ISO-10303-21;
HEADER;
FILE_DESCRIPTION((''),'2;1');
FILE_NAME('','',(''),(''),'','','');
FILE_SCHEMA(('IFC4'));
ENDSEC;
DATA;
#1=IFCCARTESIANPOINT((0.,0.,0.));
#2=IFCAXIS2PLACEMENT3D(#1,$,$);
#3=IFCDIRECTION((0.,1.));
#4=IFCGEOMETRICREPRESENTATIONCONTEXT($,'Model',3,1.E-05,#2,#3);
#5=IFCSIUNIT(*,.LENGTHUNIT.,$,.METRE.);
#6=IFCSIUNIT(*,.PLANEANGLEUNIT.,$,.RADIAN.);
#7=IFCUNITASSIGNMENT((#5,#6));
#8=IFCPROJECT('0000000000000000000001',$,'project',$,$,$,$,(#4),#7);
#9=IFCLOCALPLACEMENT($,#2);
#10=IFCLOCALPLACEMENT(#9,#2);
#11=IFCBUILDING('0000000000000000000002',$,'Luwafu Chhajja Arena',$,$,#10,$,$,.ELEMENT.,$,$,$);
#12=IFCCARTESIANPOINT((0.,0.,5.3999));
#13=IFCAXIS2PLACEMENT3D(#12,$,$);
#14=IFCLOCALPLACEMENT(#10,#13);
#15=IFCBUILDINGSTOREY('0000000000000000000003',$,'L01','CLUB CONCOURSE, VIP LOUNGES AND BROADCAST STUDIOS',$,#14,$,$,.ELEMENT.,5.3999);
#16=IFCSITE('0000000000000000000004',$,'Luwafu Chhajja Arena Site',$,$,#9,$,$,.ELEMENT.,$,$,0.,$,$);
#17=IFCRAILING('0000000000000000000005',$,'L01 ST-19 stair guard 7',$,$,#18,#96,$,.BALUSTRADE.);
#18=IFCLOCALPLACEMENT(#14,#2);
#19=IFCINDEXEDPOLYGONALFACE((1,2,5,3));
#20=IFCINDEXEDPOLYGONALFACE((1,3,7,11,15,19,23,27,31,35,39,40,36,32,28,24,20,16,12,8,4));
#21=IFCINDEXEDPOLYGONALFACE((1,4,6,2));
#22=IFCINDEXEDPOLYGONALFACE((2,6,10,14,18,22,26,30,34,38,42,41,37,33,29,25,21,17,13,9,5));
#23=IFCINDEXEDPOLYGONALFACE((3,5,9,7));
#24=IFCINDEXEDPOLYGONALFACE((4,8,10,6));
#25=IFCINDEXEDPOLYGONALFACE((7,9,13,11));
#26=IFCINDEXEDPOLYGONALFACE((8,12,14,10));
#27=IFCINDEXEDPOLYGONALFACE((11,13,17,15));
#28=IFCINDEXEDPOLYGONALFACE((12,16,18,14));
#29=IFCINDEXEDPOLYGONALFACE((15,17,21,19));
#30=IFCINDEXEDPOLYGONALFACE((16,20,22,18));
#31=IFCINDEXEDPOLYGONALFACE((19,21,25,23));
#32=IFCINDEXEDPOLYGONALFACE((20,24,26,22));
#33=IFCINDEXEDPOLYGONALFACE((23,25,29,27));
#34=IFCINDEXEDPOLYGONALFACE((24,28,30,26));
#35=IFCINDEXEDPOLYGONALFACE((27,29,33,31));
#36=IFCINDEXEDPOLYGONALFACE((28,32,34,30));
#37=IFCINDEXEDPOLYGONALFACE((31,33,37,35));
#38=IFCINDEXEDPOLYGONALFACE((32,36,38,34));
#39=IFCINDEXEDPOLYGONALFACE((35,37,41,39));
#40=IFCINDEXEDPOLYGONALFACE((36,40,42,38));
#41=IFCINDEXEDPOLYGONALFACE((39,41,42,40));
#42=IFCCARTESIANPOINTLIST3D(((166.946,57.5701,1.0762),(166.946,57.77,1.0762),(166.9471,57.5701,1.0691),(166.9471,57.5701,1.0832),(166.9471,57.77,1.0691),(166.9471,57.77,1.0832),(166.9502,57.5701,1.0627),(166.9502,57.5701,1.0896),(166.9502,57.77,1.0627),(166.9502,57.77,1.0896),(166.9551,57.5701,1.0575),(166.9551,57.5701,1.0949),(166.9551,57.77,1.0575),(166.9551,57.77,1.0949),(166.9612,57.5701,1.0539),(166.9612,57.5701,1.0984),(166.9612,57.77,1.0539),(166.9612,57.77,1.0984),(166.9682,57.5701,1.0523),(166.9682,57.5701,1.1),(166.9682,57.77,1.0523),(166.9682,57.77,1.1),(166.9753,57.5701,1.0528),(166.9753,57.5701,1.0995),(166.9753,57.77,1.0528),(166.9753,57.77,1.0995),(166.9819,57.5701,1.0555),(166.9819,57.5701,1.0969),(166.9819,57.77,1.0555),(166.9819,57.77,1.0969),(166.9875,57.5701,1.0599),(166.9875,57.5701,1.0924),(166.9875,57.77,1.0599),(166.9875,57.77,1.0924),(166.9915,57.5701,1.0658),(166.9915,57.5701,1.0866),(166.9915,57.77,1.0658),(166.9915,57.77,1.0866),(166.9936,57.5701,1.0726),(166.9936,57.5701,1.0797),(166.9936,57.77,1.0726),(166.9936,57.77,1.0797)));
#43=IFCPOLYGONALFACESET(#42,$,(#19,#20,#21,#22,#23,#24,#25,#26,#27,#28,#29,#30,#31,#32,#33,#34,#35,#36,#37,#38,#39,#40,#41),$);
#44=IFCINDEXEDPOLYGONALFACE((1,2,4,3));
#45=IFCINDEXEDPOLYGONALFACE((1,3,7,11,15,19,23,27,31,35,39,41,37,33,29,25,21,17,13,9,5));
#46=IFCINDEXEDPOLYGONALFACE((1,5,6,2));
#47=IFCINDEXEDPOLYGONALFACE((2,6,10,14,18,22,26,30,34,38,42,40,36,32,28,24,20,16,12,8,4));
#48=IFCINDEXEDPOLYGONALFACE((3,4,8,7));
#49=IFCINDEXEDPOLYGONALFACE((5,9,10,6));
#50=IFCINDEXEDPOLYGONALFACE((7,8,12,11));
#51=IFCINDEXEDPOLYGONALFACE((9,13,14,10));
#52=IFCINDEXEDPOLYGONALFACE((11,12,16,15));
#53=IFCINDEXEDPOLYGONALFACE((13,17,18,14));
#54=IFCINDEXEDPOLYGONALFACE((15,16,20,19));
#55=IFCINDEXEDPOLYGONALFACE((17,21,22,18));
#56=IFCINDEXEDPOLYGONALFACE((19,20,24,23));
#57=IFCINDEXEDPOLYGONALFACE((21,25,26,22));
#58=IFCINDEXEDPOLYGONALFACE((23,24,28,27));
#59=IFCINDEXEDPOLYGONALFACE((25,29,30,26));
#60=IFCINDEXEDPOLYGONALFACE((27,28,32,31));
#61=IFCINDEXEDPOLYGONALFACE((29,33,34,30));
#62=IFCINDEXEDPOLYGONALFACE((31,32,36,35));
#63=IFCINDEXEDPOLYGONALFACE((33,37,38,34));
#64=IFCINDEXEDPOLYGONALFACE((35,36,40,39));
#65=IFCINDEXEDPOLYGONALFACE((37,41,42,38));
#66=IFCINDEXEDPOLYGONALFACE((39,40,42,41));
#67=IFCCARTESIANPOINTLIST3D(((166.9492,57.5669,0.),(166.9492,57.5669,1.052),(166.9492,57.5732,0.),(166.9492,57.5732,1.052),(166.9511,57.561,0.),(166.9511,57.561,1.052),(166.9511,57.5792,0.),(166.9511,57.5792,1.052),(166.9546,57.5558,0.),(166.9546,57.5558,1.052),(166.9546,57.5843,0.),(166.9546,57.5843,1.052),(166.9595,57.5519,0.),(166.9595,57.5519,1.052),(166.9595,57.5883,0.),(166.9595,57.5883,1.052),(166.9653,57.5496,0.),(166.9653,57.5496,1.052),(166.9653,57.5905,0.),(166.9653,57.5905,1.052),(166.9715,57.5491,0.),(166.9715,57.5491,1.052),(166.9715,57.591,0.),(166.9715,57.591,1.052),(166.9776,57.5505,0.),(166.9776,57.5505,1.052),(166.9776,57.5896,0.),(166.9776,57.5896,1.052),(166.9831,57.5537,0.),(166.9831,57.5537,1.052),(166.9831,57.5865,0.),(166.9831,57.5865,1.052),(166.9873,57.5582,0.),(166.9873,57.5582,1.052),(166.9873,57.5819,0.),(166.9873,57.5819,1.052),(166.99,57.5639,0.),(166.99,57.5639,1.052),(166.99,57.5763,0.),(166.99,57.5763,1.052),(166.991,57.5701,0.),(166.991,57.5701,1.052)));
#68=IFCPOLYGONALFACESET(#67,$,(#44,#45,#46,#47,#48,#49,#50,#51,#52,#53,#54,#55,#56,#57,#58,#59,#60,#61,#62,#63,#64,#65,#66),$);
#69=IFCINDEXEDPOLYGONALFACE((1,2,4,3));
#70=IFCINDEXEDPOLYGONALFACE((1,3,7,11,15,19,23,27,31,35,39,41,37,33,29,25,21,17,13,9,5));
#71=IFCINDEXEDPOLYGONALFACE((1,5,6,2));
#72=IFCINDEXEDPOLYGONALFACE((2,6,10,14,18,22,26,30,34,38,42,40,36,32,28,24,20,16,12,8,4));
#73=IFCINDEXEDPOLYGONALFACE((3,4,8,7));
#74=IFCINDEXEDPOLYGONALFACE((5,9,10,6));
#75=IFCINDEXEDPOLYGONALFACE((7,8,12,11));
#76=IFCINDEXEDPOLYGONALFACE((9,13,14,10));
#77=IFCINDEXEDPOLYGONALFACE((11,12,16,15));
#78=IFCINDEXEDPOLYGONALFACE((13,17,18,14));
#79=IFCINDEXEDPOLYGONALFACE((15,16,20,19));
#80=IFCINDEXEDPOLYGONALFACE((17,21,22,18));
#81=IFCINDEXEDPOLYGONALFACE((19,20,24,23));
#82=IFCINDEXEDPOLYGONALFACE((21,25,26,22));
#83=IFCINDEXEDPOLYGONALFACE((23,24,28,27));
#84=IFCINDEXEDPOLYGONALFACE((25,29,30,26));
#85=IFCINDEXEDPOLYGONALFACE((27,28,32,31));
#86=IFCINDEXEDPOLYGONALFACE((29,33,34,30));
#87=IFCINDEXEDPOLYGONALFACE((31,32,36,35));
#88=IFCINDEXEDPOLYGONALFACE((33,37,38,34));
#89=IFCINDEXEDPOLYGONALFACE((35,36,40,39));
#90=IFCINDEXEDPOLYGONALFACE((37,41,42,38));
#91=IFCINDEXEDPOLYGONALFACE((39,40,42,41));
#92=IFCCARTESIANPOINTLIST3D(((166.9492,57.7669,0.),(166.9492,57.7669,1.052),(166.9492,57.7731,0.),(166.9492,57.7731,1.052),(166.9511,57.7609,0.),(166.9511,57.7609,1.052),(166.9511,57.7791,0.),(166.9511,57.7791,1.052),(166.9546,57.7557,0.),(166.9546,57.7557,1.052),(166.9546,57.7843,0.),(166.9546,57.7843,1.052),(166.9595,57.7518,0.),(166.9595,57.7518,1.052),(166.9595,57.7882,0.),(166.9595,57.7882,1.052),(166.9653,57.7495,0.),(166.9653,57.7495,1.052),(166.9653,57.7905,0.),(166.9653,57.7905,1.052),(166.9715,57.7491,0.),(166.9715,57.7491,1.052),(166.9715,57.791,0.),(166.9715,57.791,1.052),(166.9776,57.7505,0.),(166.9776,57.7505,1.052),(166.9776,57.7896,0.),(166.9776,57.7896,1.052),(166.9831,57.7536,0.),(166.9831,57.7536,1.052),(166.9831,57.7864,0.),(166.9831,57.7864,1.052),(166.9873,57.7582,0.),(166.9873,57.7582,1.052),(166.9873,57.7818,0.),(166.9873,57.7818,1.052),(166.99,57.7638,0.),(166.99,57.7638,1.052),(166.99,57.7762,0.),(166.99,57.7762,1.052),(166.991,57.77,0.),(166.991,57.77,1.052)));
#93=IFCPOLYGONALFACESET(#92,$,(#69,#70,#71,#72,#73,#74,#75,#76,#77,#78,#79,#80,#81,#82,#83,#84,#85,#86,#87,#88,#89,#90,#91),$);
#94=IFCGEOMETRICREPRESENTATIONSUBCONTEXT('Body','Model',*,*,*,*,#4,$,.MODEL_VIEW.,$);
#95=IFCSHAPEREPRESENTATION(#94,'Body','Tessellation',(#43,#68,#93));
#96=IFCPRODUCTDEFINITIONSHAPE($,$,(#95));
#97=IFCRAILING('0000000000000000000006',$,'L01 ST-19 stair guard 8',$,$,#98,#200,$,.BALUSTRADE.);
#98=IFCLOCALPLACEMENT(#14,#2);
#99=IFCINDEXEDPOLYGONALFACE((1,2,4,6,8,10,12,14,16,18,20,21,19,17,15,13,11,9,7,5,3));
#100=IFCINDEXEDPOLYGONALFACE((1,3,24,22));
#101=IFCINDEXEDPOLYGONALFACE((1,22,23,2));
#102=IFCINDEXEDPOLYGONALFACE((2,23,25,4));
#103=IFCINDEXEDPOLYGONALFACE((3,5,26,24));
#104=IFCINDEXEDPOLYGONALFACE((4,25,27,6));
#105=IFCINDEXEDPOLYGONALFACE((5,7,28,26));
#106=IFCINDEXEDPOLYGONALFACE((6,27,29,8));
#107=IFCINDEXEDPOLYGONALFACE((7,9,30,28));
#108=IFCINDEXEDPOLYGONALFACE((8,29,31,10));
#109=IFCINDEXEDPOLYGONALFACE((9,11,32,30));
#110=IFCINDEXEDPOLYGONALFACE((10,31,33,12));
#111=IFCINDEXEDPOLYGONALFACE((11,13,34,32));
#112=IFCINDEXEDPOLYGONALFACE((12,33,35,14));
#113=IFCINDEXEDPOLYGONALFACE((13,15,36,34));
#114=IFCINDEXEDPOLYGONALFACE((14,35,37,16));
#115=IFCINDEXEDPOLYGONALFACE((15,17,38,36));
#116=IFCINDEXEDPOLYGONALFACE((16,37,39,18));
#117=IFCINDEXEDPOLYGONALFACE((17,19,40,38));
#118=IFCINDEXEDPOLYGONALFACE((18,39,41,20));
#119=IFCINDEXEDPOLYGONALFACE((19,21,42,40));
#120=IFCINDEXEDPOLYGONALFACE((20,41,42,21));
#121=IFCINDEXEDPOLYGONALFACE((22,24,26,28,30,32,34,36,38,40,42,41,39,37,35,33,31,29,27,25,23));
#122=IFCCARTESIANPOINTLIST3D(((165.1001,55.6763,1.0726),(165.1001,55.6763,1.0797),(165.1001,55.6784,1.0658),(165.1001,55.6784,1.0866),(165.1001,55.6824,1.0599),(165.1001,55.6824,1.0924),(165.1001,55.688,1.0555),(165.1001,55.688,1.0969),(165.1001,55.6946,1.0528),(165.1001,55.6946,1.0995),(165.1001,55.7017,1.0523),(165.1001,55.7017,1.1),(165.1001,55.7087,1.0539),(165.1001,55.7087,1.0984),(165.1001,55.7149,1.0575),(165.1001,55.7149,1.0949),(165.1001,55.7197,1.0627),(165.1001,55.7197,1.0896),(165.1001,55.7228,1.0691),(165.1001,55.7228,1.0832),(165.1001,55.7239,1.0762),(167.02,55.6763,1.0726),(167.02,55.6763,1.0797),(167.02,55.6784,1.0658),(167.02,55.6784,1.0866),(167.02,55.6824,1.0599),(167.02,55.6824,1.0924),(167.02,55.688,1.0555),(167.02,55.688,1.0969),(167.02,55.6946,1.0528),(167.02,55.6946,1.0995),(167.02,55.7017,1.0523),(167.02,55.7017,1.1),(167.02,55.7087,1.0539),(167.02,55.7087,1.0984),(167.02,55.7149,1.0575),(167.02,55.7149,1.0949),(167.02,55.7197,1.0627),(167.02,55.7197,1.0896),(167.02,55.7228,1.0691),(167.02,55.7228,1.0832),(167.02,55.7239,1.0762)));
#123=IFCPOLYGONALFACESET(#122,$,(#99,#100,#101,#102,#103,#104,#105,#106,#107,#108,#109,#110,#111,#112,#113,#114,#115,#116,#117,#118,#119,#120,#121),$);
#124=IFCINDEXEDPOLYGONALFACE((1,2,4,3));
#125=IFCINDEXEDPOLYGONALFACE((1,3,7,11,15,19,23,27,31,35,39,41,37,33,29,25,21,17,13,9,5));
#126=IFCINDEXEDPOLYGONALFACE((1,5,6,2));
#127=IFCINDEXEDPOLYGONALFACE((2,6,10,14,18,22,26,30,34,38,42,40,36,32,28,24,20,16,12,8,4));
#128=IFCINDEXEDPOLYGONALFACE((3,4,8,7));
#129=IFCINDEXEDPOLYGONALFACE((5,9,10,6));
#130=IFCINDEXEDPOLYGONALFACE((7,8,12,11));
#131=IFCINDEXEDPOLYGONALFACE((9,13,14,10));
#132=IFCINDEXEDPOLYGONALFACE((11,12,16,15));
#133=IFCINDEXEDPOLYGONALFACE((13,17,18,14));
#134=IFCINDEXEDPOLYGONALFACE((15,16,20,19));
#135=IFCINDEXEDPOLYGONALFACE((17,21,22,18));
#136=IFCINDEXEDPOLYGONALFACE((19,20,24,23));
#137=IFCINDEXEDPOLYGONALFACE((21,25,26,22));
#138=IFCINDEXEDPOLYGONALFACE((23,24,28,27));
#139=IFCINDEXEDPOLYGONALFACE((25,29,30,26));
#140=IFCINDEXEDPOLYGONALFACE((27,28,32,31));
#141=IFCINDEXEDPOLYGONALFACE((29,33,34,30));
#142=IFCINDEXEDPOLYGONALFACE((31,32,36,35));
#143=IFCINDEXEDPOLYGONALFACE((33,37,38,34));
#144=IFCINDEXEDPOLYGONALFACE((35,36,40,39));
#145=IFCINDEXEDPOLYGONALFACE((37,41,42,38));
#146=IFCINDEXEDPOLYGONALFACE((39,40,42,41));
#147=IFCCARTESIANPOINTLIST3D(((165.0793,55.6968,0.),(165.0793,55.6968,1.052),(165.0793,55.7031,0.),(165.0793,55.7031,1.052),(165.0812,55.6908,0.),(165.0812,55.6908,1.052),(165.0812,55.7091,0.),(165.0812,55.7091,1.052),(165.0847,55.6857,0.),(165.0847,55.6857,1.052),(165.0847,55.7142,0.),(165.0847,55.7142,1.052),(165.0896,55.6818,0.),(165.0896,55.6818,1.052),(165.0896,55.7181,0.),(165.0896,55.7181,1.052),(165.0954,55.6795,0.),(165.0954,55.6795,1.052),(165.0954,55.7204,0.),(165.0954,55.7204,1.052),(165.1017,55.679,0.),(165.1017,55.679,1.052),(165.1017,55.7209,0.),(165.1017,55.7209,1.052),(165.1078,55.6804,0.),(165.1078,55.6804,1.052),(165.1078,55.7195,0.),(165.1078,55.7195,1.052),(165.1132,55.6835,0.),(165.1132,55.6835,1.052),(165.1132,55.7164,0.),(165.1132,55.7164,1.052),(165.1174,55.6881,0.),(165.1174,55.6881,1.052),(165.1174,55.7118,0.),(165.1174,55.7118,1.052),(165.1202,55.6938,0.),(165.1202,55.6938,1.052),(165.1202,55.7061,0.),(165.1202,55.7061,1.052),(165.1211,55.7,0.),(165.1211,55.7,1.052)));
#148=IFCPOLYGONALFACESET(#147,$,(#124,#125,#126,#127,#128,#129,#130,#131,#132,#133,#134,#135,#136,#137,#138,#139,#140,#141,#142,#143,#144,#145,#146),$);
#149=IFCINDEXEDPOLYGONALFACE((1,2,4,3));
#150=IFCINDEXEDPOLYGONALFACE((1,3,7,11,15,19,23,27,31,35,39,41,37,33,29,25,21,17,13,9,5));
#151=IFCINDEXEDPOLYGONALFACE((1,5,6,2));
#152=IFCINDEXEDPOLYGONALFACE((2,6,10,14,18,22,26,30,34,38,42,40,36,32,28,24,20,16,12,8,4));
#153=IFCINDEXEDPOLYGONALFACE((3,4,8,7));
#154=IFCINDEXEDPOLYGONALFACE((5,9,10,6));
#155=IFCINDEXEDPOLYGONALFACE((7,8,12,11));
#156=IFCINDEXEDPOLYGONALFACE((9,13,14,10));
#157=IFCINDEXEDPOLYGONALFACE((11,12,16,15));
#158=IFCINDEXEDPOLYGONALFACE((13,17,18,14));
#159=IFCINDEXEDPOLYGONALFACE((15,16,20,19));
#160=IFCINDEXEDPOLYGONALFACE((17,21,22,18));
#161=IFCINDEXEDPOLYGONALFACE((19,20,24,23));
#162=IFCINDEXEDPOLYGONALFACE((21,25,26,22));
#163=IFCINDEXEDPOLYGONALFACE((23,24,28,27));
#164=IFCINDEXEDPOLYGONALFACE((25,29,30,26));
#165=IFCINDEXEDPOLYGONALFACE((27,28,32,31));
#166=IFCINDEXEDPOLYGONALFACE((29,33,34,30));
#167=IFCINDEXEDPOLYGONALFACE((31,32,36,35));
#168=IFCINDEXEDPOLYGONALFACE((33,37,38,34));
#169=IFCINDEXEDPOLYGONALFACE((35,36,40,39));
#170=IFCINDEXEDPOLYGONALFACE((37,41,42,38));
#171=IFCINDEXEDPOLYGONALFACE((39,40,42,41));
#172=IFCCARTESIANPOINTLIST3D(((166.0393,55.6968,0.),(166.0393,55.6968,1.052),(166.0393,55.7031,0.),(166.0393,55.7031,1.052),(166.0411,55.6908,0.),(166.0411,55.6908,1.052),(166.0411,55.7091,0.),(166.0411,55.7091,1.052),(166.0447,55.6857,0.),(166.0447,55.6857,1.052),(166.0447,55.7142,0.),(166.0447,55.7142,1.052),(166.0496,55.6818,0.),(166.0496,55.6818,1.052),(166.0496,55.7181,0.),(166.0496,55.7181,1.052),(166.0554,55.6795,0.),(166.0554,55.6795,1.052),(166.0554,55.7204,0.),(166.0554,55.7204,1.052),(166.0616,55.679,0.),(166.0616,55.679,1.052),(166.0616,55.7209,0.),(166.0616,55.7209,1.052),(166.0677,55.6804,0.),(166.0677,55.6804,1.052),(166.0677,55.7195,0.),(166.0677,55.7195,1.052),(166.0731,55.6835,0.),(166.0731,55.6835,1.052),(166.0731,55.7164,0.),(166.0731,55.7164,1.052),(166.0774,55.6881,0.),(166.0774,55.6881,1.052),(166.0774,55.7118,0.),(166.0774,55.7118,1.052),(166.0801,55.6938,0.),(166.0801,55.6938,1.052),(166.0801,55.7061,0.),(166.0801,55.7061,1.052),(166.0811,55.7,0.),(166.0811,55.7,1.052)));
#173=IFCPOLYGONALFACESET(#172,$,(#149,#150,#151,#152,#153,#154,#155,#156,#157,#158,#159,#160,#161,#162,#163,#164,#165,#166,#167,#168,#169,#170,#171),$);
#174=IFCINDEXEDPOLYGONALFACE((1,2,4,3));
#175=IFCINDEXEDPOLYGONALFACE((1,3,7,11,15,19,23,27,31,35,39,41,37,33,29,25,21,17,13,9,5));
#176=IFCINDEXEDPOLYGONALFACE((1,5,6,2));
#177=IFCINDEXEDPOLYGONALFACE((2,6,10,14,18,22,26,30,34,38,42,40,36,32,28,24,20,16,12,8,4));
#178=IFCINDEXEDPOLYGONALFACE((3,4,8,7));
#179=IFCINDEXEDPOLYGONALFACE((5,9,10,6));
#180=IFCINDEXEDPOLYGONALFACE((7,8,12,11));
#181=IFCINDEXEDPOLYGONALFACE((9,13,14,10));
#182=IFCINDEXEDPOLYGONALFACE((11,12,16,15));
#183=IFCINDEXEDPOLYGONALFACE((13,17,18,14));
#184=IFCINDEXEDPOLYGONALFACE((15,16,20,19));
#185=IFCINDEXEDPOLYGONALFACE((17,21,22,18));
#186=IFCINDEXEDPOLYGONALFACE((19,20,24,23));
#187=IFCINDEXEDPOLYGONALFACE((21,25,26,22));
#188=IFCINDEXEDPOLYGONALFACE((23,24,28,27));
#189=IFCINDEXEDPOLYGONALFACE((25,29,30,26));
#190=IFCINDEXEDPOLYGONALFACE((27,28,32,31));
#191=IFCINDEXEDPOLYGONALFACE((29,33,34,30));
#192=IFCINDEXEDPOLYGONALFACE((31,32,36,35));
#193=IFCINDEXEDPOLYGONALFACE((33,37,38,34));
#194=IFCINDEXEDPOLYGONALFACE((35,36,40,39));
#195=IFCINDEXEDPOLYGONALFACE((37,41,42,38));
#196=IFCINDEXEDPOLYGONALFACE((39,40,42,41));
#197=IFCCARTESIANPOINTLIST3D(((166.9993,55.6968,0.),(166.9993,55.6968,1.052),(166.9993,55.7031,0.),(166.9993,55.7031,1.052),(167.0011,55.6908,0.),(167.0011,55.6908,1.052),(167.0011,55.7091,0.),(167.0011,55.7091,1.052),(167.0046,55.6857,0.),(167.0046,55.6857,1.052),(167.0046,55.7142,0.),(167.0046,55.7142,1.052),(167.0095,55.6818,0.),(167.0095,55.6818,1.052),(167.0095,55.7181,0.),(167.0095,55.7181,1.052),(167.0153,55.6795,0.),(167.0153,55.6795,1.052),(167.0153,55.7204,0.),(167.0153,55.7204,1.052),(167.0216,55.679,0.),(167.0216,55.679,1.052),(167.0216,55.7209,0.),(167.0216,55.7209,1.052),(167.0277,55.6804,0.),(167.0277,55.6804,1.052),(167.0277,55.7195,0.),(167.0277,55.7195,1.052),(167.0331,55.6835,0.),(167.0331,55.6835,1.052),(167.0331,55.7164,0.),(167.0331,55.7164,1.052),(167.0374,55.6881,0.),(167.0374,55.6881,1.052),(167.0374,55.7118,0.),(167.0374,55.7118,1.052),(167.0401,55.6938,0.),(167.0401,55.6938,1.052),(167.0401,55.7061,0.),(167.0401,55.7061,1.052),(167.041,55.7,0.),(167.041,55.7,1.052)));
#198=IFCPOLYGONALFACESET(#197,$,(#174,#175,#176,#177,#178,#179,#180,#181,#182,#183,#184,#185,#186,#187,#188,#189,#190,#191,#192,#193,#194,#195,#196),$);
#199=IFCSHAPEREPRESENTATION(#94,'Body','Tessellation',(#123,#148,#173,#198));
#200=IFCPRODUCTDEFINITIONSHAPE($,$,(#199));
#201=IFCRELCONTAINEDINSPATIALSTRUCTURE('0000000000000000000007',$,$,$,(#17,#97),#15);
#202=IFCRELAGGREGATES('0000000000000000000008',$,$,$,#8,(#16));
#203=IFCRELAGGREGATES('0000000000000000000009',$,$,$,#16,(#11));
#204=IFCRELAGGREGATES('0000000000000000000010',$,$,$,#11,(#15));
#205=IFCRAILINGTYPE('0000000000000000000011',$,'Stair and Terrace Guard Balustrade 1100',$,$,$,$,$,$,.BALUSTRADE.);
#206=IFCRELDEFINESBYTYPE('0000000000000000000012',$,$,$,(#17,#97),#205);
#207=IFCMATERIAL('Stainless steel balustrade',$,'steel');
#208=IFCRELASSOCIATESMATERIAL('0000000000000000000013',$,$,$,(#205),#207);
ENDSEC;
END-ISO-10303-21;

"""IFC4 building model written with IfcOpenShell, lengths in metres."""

from ifc_helpers import new_model, si_unit, direction, frame, origin, origin_2d, place, context, subcontext, project, spatial, circle, extrude, material, type_object, element, save


model = new_model("IFC4")

# Units and contexts
model_context = context("Model", 3, precision=1e-05, world=origin(), true_north=direction((0.0, 1.0)))
body_context = subcontext(model_context, "Body", "Model", "MODEL_VIEW")
ifc_project = project(units=[si_unit("LENGTHUNIT", "METRE"), si_unit("PLANEANGLEUNIT", "RADIAN")], contexts=[model_context])

# Site, building, storey
site_placement = place(None, origin())
site = spatial("IfcSite", under=ifc_project, at=site_placement, Name="Luwafu Chhajja Arena Site", CompositionType="ELEMENT", RefElevation=0.0)
building_placement = place(site_placement, origin())
building = spatial("IfcBuilding", under=site, at=building_placement, Name="Luwafu Chhajja Arena", CompositionType="ELEMENT")
storey_placement = place(building_placement, frame((0.0, 0.0, 5.3999)))
storey = spatial("IfcBuildingStorey", under=building, at=storey_placement, Name="L01", Description="CLUB CONCOURSE, VIP LOUNGES AND BROADCAST STUDIOS", CompositionType="ELEMENT", Elevation=5.3999)

# Railings
ifc_material_1 = material(Name="Stainless steel balustrade", Category="steel")
railing_type_1 = type_object("IfcRailingType", Name="Stair and Terrace Guard Balustrade 1100", PredefinedType="BALUSTRADE", material=ifc_material_1)
railing_1_placement = place(storey_placement, frame((166.97, 57.5701, 0.0)))
element("IfcRailing", 1, at=railing_1_placement, inside=storey, type_object=railing_type_1, Name="L01 ST-19 stair guard 7", PredefinedType="BALUSTRADE", context=body_context, shape_type="SweptSolid", body=[
    extrude(circle(Radius=0.0239, at=origin_2d()), frame((0.0, 0.0, 1.0762), z_axis=(0.0, 1.0, 0.0), x_axis=(-1.0, 0.0, 0.0)), (0.0, 0.0, 1.0), 0.2),
    extrude(circle(Radius=0.021, at=origin_2d()), origin(), (0.0, 0.0, 1.0), 1.052),
    extrude(circle(Radius=0.021, at=origin_2d()), frame((0.0, 0.2, 0.0)), (0.0, 0.0, 1.0), 1.052),
])
for number, where, name in (
    (2, (165.1001, 55.7, 0.0), "L01 ST-19 stair guard 8"),
):
    element("IfcRailing", number, at=place(storey_placement, frame(where)), inside=storey, type_object=railing_type_1, Name=name, PredefinedType="BALUSTRADE", context=body_context, shape_type="SweptSolid", body=[
        extrude(circle(Radius=0.0239, at=origin_2d()), frame((0.0, 0.0, 1.0762), z_axis=(1.0, 0.0, 0.0), x_axis=(0.0, 1.0, 0.0)), (0.0, 0.0, 1.0), 1.9199),
        extrude(circle(Radius=0.021, at=origin_2d()), origin(), (0.0, 0.0, 1.0), 1.052),
        extrude(circle(Radius=0.021, at=origin_2d()), frame((0.96, 0.0, 0.0)), (0.0, 0.0, 1.0), 1.052),
        extrude(circle(Radius=0.021, at=origin_2d()), frame((1.9199, 0.0, 0.0)), (0.0, 0.0, 1.0), 1.052),
    ])

save(model, "model.ifc")
